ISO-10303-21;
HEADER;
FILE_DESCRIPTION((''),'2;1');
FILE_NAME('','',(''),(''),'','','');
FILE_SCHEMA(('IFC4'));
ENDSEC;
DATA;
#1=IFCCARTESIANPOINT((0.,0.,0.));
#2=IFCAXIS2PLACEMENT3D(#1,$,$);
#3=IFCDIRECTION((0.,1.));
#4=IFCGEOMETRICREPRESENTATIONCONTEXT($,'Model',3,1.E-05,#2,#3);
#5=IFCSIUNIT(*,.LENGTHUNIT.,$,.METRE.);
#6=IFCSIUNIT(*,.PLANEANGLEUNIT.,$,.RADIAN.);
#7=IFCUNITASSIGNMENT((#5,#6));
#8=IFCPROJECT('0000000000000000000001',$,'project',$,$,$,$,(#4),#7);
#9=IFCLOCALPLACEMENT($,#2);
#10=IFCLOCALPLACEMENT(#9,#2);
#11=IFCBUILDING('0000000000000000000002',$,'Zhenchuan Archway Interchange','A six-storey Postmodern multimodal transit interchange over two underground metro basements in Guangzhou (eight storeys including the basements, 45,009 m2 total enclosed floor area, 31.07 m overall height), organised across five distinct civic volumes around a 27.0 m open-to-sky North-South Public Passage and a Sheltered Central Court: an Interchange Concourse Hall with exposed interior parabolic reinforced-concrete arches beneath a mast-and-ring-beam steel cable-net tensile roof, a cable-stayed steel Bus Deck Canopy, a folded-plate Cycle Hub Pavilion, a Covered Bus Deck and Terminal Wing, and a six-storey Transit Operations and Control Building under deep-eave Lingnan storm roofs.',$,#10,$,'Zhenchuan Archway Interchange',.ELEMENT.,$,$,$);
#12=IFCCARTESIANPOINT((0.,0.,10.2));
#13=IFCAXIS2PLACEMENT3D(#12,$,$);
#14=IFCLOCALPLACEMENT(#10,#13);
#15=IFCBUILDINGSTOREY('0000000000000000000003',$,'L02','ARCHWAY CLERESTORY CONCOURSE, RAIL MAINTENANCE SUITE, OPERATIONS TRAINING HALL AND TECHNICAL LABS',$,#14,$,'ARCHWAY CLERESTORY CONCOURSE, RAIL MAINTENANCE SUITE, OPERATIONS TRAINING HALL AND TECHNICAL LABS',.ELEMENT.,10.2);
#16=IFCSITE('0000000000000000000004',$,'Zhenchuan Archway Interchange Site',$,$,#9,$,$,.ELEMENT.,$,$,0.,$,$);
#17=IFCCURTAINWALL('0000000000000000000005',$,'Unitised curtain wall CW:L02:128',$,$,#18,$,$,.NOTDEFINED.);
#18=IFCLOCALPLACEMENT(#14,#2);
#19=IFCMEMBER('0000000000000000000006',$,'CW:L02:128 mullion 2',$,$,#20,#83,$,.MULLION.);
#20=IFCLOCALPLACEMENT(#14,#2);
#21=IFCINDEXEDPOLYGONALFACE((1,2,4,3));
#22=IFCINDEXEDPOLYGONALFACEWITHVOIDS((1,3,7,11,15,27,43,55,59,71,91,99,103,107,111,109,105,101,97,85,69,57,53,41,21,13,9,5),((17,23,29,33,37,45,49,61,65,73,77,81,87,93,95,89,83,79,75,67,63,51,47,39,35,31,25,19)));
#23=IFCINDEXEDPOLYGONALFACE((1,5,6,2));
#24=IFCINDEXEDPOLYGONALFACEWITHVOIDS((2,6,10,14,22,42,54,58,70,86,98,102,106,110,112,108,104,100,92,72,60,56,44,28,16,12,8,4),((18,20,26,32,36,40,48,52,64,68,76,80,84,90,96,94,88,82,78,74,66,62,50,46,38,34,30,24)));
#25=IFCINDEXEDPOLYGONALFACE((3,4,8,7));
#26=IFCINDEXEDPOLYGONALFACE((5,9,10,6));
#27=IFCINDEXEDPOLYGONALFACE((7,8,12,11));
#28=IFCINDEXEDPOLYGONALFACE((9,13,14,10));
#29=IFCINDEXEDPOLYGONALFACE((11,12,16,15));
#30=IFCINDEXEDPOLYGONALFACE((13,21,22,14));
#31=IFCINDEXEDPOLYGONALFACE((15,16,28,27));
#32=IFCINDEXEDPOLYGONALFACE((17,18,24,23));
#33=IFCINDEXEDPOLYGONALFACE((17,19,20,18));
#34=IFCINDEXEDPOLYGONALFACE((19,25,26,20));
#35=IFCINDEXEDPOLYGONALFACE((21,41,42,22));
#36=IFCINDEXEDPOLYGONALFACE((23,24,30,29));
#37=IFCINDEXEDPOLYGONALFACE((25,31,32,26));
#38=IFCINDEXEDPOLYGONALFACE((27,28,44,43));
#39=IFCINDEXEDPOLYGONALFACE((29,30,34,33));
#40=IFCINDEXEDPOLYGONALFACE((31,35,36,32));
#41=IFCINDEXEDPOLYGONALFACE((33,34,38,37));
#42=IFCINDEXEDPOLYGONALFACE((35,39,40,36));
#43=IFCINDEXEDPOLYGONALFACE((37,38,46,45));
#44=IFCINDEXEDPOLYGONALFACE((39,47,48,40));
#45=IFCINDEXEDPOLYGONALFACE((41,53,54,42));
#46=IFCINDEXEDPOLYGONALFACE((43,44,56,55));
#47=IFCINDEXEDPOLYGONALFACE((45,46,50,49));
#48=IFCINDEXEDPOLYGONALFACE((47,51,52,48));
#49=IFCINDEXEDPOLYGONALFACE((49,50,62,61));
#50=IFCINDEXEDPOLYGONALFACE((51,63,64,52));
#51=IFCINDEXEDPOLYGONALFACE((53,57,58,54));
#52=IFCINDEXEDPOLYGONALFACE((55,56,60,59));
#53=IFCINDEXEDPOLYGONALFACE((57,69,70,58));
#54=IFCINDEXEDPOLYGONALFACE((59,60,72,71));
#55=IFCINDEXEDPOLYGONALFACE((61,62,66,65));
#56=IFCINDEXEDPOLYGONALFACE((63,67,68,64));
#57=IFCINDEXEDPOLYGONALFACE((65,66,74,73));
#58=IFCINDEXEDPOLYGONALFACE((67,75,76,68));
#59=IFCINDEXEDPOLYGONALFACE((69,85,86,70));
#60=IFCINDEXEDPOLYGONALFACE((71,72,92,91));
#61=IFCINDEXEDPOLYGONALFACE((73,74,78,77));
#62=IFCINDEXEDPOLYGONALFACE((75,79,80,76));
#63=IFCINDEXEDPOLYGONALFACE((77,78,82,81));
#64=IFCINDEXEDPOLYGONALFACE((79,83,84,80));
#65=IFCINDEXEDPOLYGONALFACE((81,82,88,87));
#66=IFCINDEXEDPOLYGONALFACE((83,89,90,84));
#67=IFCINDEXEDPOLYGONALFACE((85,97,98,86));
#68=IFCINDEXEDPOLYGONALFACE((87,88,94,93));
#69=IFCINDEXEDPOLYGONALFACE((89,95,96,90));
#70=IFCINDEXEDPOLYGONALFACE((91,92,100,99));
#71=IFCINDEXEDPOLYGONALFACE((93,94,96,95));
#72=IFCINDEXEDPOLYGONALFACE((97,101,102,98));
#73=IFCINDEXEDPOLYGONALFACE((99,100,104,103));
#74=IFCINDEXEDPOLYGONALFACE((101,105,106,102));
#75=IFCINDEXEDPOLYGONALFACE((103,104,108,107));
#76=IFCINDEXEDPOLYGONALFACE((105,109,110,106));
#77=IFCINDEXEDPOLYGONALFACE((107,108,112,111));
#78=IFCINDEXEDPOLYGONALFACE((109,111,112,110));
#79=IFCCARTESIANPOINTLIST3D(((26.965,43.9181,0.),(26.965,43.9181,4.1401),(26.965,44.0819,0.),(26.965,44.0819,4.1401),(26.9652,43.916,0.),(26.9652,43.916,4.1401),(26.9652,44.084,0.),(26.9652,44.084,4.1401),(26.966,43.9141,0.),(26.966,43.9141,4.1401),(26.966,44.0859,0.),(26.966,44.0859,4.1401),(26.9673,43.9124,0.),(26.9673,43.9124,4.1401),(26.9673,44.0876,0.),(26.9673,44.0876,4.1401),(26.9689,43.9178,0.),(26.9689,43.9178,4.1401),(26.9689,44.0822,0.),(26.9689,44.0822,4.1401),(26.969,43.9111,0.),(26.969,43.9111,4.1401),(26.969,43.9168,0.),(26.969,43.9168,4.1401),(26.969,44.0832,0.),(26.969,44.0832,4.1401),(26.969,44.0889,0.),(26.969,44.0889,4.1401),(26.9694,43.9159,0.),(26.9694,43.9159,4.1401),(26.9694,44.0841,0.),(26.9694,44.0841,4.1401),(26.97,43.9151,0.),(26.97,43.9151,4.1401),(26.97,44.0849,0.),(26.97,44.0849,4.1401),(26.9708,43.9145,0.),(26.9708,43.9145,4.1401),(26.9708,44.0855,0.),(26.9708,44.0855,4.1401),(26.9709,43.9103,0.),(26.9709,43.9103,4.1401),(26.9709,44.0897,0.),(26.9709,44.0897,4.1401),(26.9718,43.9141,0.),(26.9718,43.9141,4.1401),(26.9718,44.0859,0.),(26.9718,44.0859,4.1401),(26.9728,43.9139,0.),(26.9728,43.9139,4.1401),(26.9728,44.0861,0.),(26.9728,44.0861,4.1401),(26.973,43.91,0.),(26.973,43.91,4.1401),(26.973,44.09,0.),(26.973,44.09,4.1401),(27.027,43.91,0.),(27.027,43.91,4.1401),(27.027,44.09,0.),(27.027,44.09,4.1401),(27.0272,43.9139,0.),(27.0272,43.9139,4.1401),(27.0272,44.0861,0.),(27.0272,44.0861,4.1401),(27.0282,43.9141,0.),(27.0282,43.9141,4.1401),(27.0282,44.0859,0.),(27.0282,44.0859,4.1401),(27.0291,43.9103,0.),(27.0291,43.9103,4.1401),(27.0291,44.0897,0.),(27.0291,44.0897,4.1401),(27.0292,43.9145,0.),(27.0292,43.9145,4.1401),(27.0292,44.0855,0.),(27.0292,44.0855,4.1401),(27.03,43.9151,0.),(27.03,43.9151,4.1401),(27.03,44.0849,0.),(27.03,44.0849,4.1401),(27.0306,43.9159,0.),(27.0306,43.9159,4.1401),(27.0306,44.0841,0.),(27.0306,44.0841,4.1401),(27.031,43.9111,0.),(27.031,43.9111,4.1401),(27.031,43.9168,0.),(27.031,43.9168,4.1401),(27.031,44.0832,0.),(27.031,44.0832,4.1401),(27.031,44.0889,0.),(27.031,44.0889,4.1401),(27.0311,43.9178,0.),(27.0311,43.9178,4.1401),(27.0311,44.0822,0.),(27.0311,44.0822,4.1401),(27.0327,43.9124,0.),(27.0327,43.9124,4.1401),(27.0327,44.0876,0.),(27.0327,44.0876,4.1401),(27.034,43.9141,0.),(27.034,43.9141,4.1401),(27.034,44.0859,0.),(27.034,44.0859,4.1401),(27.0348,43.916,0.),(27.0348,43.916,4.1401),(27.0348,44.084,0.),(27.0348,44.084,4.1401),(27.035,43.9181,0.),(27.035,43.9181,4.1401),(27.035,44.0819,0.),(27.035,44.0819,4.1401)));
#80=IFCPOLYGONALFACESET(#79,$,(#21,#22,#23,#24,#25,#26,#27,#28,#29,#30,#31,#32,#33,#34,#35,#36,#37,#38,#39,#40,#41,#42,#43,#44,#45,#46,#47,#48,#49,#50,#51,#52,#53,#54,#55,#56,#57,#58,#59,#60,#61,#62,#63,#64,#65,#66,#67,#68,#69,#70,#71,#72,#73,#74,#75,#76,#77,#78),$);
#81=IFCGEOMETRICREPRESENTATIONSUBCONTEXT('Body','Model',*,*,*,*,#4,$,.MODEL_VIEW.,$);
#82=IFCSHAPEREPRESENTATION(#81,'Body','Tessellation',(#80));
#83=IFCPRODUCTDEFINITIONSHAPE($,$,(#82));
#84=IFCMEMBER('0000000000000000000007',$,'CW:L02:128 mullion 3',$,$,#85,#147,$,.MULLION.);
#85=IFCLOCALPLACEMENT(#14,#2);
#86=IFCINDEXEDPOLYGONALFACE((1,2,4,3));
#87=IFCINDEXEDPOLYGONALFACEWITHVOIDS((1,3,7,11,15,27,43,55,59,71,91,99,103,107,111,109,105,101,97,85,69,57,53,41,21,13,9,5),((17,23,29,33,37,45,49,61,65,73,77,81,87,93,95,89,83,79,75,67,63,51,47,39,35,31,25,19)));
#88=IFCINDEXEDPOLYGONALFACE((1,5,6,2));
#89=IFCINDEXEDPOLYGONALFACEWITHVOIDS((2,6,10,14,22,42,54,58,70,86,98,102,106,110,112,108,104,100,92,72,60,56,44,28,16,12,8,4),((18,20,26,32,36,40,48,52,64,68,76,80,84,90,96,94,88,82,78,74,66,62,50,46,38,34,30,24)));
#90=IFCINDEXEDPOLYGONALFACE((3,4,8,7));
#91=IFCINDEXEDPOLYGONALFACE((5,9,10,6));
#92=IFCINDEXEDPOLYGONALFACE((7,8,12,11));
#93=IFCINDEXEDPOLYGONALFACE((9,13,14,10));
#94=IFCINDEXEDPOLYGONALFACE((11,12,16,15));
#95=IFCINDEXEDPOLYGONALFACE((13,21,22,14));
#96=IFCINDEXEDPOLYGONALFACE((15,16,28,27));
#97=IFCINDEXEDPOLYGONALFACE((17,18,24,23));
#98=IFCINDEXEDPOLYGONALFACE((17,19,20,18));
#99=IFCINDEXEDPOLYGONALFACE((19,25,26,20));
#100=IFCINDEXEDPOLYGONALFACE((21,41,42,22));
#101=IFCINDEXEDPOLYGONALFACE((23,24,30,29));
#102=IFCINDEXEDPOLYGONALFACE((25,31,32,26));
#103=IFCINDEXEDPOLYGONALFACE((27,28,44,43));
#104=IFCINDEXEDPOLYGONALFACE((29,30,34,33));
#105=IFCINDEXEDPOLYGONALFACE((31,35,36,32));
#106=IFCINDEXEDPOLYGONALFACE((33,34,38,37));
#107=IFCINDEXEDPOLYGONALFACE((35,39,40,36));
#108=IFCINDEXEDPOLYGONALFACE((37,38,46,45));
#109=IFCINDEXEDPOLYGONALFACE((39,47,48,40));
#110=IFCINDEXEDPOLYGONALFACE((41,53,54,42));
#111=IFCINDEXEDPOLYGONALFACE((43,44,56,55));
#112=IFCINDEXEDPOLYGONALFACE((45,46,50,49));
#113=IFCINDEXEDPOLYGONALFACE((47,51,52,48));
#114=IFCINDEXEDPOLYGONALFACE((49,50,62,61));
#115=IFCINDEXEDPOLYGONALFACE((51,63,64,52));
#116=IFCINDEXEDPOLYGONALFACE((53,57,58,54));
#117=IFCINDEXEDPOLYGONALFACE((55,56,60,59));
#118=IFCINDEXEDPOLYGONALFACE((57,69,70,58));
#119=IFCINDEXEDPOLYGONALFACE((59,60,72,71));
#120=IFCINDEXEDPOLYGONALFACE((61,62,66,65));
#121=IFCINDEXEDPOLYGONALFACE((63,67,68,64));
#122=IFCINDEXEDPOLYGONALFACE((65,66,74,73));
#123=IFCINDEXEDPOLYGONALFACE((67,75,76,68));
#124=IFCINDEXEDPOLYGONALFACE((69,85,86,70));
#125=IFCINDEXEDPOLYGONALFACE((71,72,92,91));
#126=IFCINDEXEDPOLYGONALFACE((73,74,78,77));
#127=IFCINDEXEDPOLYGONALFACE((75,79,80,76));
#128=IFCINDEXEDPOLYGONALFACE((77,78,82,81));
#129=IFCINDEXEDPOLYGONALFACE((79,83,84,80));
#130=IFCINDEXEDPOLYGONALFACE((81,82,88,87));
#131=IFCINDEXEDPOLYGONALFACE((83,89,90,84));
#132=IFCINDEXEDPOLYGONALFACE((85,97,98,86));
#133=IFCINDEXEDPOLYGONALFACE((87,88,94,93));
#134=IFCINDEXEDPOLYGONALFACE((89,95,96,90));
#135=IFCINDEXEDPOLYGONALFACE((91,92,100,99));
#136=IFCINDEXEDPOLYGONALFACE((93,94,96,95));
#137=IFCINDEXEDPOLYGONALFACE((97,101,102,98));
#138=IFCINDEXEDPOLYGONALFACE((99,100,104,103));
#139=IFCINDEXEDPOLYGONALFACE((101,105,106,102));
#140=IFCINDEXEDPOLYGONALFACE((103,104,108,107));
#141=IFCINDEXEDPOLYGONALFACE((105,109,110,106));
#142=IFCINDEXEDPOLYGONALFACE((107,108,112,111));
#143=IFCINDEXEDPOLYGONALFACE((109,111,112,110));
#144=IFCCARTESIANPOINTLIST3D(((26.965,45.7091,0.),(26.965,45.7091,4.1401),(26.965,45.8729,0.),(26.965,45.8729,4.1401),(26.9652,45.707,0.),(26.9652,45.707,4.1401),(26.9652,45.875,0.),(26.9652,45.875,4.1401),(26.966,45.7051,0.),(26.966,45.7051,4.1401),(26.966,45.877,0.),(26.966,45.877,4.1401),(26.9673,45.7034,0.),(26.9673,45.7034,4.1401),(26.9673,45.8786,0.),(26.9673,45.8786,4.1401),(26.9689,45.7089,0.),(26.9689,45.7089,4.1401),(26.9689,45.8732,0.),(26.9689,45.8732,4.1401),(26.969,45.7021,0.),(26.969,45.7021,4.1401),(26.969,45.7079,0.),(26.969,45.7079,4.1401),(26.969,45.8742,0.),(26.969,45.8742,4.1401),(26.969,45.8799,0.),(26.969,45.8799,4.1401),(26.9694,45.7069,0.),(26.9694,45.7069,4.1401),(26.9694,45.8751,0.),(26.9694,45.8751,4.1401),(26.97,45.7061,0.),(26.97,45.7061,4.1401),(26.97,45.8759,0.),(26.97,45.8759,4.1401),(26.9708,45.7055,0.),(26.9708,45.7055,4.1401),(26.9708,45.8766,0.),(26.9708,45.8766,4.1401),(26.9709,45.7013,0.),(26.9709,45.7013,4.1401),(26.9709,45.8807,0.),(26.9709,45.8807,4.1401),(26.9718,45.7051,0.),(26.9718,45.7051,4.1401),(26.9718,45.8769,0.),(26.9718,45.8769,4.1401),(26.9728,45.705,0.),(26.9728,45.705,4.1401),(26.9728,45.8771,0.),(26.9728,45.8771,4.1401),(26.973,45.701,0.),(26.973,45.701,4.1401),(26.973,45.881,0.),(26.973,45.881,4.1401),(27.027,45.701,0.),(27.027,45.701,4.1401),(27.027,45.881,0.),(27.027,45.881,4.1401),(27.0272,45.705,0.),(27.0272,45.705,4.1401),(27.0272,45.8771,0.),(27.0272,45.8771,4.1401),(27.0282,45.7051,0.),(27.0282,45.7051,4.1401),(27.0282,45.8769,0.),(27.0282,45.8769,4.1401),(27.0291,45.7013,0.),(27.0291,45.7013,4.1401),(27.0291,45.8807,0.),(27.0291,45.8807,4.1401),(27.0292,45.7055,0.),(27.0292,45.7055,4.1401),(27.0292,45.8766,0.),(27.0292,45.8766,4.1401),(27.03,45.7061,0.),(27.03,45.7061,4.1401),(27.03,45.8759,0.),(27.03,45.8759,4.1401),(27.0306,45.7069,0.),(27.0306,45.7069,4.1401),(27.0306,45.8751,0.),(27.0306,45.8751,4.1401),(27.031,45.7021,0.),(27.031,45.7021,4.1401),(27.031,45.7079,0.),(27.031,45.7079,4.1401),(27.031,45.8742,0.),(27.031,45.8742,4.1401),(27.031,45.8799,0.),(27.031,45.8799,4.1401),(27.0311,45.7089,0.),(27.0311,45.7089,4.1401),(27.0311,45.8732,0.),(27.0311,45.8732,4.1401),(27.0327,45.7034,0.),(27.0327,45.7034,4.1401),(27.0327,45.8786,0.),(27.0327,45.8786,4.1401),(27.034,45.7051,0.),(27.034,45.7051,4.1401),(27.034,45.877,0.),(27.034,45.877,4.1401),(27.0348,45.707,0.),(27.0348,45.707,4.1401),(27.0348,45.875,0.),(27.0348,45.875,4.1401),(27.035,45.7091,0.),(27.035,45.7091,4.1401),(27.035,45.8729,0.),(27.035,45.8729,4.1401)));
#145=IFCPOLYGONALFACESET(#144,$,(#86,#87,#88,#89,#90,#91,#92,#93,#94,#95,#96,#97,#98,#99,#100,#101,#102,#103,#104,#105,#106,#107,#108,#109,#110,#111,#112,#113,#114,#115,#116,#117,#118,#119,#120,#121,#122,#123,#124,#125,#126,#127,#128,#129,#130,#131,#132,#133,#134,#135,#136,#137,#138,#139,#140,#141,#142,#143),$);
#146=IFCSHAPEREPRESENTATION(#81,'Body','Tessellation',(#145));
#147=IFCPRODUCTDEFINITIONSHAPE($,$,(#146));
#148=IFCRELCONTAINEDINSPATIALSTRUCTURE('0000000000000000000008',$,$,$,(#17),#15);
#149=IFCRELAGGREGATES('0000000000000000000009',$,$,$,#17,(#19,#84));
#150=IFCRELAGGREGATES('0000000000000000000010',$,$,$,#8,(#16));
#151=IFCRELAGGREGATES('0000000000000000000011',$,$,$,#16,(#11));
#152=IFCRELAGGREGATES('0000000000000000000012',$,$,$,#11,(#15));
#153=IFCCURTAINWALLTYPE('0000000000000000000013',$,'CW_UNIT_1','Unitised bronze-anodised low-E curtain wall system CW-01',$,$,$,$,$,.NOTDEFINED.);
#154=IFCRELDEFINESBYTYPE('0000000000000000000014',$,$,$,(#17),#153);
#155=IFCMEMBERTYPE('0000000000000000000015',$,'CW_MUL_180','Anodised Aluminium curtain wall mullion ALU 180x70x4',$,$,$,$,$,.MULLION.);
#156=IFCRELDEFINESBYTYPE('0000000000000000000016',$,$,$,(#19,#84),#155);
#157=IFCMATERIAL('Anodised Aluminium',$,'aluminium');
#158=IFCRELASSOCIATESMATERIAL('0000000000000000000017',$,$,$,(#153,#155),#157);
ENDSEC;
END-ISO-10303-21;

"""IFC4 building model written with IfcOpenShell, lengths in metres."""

from ifc_helpers import new_model, si_unit, direction, frame, origin, origin_2d, place, context, subcontext, project, spatial, hollow_rectangle, extrude, material, material_profile, profile_set, type_object, element, aggregate, save


model = new_model("IFC4")

# Units and contexts
model_context = context("Model", 3, precision=1e-05, world=origin(), true_north=direction((0.0, 1.0)))
body_context = subcontext(model_context, "Body", "Model", "MODEL_VIEW")
ifc_project = project(units=[si_unit("LENGTHUNIT", "METRE"), si_unit("PLANEANGLEUNIT", "RADIAN")], contexts=[model_context])

# Site, building, storey
site_placement = place(None, origin())
site = spatial("IfcSite", under=ifc_project, at=site_placement, Name="Zhenchuan Archway Interchange Site", CompositionType="ELEMENT", RefElevation=0.0)
building_placement = place(site_placement, origin())
building = spatial("IfcBuilding", under=site, at=building_placement, Name="Zhenchuan Archway Interchange", Description="A six-storey Postmodern multimodal transit interchange over two underground metro basements in Guangzhou (eight storeys including the basements, 45,009 m2 total enclosed floor area, 31.07 m overall height), organised across five distinct civic volumes around a 27.0 m open-to-sky North-South Public Passage and a Sheltered Central Court: an Interchange Concourse Hall with exposed interior parabolic reinforced-concrete arches beneath a mast-and-ring-beam steel cable-net tensile roof, a cable-stayed steel Bus Deck Canopy, a folded-plate Cycle Hub Pavilion, a Covered Bus Deck and Terminal Wing, and a six-storey Transit Operations and Control Building under deep-eave Lingnan storm roofs.", LongName="Zhenchuan Archway Interchange", CompositionType="ELEMENT")
storey_placement = place(building_placement, frame((0.0, 0.0, 10.2)))
storey = spatial("IfcBuildingStorey", under=building, at=storey_placement, Name="L02", Description="ARCHWAY CLERESTORY CONCOURSE, RAIL MAINTENANCE SUITE, OPERATIONS TRAINING HALL AND TECHNICAL LABS", LongName="ARCHWAY CLERESTORY CONCOURSE, RAIL MAINTENANCE SUITE, OPERATIONS TRAINING HALL AND TECHNICAL LABS", CompositionType="ELEMENT", Elevation=10.2)

# Curtain wall, members
ifc_material_1 = material(Name="Anodised Aluminium", Category="aluminium")
curtain_wall_type = type_object("IfcCurtainWallType", Name="CW_UNIT_1", Description="Unitised bronze-anodised low-E curtain wall system CW-01", PredefinedType="NOTDEFINED", material=ifc_material_1)
curtain_wall_placement = place(storey_placement, origin())
curtain_wall = element("IfcCurtainWall", 1, at=curtain_wall_placement, inside=storey, type_object=curtain_wall_type, Name="Unitised curtain wall CW:L02:128", PredefinedType="NOTDEFINED")
ifc_material_profile_1 = material_profile(ifc_material_1, hollow_rectangle(XDim=0.0701, YDim=0.1799, WallThickness=0.0039, InnerFilletRadius=0.0039, OuterFilletRadius=0.0081, at=origin_2d()), Name="ALU 180x70x4")
ifc_profile_set_1 = profile_set([ifc_material_profile_1], Name="Anodised Aluminium")
member_type_1 = type_object("IfcMemberType", Name="CW_MUL_180", Description="Anodised Aluminium curtain wall mullion ALU 180x70x4", PredefinedType="MULLION", material=ifc_profile_set_1)
member_1_placement = place(storey_placement, frame((27.0, 44.0, 0.0), z_axis=(0.0, 0.0, 1.0), x_axis=(1.0, 0.0, 0.0)))
member_1 = element("IfcMember", 2, at=member_1_placement, type_object=member_type_1, Name="CW:L02:128 mullion 2", PredefinedType="MULLION", context=body_context, shape_type="SweptSolid", body=[
    extrude(hollow_rectangle(XDim=0.0701, YDim=0.1799, WallThickness=0.0039, InnerFilletRadius=0.0039, OuterFilletRadius=0.0081, at=origin_2d()), origin(), (0.0, 0.0, 1.0), 4.1401),
])
member_2_placement = place(storey_placement, frame((27.0, 45.791, 0.0), z_axis=(0.0, 0.0, 1.0), x_axis=(1.0, 0.0, 0.0)))
member_2 = element("IfcMember", 3, at=member_2_placement, type_object=member_type_1, Name="CW:L02:128 mullion 3", PredefinedType="MULLION", context=body_context, shape_type="SweptSolid", body=[
    extrude(hollow_rectangle(XDim=0.0701, YDim=0.1799, WallThickness=0.0039, InnerFilletRadius=0.0039, OuterFilletRadius=0.0081, at=origin_2d()), origin(), (0.0, 0.0, 1.0), 4.1401),
])
aggregate(curtain_wall, [member_1, member_2])

save(model, "model.ifc")
